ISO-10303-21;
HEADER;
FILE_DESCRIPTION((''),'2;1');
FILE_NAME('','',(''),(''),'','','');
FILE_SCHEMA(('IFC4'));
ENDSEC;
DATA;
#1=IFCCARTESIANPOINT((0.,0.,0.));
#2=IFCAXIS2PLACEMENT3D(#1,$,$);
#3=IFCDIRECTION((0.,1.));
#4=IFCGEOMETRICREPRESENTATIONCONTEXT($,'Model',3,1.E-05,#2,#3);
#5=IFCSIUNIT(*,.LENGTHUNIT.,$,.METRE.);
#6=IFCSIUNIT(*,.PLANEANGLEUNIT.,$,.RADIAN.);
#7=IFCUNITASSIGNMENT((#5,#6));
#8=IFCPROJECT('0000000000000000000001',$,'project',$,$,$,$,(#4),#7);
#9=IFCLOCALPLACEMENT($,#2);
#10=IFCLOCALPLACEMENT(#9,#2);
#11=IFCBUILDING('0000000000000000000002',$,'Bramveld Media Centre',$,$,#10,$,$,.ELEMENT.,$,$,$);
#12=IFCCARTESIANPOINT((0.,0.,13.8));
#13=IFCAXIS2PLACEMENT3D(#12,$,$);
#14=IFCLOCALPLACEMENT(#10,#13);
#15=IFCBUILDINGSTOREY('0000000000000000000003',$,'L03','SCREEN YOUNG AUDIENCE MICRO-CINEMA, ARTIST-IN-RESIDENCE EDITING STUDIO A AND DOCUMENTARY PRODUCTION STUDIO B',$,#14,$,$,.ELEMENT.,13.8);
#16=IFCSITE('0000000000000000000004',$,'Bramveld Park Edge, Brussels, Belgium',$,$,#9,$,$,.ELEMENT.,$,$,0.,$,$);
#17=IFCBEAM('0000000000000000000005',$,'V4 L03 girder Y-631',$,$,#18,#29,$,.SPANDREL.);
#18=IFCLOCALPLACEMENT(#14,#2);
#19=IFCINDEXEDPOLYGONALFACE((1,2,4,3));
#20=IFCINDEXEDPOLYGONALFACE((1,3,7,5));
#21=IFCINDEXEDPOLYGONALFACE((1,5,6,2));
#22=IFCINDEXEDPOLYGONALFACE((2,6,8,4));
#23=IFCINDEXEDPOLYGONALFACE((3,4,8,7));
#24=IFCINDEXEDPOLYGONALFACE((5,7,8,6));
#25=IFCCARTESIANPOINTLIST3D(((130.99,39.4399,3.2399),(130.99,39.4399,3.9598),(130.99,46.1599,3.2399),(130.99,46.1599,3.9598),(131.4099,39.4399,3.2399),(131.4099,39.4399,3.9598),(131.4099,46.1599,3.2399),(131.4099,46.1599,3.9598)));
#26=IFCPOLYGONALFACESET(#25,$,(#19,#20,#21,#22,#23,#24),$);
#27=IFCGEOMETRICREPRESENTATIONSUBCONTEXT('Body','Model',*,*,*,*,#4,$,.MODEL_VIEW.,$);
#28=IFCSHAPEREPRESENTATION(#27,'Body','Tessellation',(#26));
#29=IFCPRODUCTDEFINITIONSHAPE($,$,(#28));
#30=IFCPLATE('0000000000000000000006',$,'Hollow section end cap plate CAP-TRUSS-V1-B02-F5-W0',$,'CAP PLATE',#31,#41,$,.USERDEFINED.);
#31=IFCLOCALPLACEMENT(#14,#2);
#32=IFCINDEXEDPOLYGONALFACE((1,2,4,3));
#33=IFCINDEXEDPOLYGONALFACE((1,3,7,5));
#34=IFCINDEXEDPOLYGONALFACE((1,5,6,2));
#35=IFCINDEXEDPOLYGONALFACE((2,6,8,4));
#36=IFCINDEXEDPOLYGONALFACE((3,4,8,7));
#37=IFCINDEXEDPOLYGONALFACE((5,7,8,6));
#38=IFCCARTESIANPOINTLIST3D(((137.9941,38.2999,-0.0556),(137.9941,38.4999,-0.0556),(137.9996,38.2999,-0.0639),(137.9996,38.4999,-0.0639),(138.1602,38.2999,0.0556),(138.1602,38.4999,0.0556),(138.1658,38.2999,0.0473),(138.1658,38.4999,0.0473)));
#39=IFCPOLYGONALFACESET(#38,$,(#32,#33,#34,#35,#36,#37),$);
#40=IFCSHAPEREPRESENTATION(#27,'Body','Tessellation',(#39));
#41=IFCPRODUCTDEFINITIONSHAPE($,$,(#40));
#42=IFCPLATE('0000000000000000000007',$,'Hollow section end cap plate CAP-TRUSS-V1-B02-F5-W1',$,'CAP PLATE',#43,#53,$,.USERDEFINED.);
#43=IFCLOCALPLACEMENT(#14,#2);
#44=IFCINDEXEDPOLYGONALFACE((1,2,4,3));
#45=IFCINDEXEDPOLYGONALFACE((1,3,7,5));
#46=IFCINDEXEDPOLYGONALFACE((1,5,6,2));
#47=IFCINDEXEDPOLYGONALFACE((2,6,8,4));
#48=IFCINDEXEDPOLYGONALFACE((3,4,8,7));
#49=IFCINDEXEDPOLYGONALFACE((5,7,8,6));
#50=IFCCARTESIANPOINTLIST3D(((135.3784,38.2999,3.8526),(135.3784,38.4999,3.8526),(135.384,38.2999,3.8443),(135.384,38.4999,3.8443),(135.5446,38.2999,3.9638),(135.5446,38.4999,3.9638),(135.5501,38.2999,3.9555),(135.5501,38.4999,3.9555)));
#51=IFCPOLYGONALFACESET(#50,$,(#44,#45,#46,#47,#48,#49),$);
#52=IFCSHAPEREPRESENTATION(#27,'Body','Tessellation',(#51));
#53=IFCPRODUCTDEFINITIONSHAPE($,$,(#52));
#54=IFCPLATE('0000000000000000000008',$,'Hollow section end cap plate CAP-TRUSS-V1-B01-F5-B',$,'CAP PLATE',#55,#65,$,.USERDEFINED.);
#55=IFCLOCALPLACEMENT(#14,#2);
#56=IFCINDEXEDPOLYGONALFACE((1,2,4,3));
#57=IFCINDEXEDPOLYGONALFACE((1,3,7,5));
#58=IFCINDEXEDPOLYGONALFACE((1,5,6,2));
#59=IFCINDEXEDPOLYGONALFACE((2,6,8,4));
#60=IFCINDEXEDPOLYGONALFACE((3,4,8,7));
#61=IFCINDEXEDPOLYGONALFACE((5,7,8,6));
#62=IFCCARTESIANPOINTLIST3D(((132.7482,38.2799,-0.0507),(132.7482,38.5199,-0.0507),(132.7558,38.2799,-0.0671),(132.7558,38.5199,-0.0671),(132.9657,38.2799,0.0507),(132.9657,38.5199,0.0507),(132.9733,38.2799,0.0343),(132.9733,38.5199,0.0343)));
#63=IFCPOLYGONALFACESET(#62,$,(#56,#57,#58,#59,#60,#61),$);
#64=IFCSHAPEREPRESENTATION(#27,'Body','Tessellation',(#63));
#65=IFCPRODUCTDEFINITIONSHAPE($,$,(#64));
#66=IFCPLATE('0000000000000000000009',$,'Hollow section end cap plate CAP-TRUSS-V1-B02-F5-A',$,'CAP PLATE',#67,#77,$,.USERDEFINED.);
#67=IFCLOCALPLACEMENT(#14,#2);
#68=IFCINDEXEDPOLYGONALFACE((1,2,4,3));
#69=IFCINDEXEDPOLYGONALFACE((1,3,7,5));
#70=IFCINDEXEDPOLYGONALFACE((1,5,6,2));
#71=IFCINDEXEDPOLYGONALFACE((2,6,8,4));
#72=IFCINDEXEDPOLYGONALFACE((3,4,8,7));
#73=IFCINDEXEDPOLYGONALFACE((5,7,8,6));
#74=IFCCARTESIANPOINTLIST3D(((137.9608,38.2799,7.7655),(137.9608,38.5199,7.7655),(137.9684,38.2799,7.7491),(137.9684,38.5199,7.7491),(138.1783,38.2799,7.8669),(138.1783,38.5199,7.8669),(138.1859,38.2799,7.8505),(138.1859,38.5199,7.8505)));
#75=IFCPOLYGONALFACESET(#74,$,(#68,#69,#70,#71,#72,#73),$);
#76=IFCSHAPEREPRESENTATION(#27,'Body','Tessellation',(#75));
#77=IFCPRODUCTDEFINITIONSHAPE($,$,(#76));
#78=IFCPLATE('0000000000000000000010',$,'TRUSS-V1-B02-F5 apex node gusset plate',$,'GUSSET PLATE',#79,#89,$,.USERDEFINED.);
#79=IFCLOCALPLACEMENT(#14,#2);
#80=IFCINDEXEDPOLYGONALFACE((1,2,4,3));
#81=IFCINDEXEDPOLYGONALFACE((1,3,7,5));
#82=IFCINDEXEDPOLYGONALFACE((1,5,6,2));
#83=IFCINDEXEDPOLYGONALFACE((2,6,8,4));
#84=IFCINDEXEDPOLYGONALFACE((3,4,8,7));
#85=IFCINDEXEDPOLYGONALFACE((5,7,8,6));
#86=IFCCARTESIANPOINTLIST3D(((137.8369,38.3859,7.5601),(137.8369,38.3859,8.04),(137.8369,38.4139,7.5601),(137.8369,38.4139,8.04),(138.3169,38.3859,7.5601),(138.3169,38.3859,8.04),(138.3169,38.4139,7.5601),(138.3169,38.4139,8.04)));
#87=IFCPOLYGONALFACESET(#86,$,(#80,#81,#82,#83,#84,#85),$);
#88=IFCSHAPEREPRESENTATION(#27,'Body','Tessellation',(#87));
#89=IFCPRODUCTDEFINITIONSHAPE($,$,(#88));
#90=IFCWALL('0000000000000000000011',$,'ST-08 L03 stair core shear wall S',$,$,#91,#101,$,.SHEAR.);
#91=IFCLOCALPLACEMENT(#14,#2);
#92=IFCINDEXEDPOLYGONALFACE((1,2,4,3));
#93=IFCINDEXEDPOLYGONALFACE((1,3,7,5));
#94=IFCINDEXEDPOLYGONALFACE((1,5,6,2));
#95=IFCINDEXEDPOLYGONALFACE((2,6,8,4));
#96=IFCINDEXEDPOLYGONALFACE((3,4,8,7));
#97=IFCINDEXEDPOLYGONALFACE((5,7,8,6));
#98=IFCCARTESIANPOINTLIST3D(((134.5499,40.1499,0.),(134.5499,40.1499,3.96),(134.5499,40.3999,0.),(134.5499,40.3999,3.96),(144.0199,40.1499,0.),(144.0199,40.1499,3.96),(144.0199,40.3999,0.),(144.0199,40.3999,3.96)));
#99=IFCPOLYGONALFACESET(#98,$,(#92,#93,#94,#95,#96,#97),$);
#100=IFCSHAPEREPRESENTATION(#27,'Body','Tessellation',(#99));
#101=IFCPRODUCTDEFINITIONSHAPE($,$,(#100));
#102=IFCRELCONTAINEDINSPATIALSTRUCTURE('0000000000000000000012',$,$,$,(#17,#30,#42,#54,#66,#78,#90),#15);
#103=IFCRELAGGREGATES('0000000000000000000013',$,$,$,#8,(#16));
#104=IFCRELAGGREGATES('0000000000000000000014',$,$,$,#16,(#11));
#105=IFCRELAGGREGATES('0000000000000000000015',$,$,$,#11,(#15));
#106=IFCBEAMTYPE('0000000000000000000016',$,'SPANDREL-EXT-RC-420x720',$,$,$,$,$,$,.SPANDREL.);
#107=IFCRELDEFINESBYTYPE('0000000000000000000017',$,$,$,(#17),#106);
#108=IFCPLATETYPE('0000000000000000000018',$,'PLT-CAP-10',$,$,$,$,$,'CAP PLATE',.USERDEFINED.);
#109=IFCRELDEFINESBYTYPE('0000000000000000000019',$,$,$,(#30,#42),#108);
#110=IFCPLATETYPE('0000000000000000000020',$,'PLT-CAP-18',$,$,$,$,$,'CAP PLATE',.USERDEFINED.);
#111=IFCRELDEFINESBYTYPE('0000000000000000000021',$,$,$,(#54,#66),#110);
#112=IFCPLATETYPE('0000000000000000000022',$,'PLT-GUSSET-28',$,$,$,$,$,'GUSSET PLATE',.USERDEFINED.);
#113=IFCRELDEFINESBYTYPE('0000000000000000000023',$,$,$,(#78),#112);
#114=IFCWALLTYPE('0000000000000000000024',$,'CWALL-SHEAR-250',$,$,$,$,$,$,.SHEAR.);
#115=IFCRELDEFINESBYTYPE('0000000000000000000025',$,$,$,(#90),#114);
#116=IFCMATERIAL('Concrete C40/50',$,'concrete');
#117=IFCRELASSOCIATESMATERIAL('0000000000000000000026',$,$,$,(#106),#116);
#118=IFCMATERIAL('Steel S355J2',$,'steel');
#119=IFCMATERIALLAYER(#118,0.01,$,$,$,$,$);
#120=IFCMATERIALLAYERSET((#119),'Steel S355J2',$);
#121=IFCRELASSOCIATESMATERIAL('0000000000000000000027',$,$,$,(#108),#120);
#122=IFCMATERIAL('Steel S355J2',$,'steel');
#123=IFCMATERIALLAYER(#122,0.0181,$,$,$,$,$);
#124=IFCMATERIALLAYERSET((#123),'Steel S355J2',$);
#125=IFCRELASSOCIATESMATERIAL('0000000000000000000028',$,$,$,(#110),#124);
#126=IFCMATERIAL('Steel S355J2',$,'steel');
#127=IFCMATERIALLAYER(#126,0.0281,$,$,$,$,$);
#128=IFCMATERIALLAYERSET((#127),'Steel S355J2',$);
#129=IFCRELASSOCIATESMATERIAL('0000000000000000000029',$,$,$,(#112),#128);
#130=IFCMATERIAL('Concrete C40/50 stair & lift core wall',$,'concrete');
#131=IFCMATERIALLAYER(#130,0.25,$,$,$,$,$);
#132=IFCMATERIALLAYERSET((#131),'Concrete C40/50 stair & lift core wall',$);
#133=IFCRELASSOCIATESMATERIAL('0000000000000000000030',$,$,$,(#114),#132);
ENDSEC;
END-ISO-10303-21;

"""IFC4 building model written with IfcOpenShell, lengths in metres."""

from ifc_helpers import new_model, si_unit, direction, frame, frame_2d, origin, origin_2d, place, context, subcontext, project, spatial, rectangle, extrude, material, layer, layer_set, material_profile, profile_set, type_object, element, save


model = new_model("IFC4")

# Units and contexts
model_context = context("Model", 3, precision=1e-05, world=origin(), true_north=direction((0.0, 1.0)))
body_context = subcontext(model_context, "Body", "Model", "MODEL_VIEW")
ifc_project = project(units=[si_unit("LENGTHUNIT", "METRE"), si_unit("PLANEANGLEUNIT", "RADIAN")], contexts=[model_context])

# Site, building, storey
site_placement = place(None, origin())
site = spatial("IfcSite", under=ifc_project, at=site_placement, Name="Bramveld Park Edge, Brussels, Belgium", CompositionType="ELEMENT", RefElevation=0.0)
building_placement = place(site_placement, origin())
building = spatial("IfcBuilding", under=site, at=building_placement, Name="Bramveld Media Centre", CompositionType="ELEMENT")
storey_placement = place(building_placement, frame((0.0, 0.0, 13.8)))
storey = spatial("IfcBuildingStorey", under=building, at=storey_placement, Name="L03", Description="SCREEN YOUNG AUDIENCE MICRO-CINEMA, ARTIST-IN-RESIDENCE EDITING STUDIO A AND DOCUMENTARY PRODUCTION STUDIO B", CompositionType="ELEMENT", Elevation=13.8)

# Beam
ifc_material_1 = material(Name="Concrete C40/50", Category="concrete")
ifc_material_profile_1 = material_profile(ifc_material_1, rectangle(XDim=0.4199, YDim=0.72, at=origin_2d()), Name="RC 420x720")
ifc_profile_set_1 = profile_set([ifc_material_profile_1], Name="Concrete C40/50")
beam_type_1 = type_object("IfcBeamType", Name="SPANDREL-EXT-RC-420x720", PredefinedType="SPANDREL", material=ifc_profile_set_1)
beam_1_placement = place(storey_placement, frame((131.2, 39.4399, 3.5999), z_axis=(0.0, 1.0, 0.0), x_axis=(-1.0, 0.0, 0.0)))
element("IfcBeam", 1, at=beam_1_placement, inside=storey, type_object=beam_type_1, Name="V4 L03 girder Y-631", PredefinedType="SPANDREL", context=body_context, shape_type="SweptSolid", body=[
    extrude(rectangle(XDim=0.4199, YDim=0.72, at=origin_2d()), origin(), (0.0, 0.0, 1.0), 6.72),
])

# Plates
ifc_material_2 = material(Name="Steel S355J2", Category="steel")
ifc_layer_1 = layer(ifc_material_2, 0.01)
ifc_layer_set_1 = layer_set([ifc_layer_1], Name="Steel S355J2")
plate_type_1 = type_object("IfcPlateType", Name="PLT-CAP-10", ElementType="CAP PLATE", PredefinedType="USERDEFINED", material=ifc_layer_set_1)
for number, where, z_axis, x_axis, name in (
    (2, (138.0771, 38.3999, 0.0), (0.55616, 0.0, -0.831075), (0.0, 1.0, 0.0), "Hollow section end cap plate CAP-TRUSS-V1-B02-F5-W0"),
    (3, (135.467, 38.3999, 3.8999), (-0.55616, 0.0, 0.831075), (0.0, -1.0, 0.0), "Hollow section end cap plate CAP-TRUSS-V1-B02-F5-W1"),
):
    element("IfcPlate", number, at=place(storey_placement, frame(where, z_axis=z_axis, x_axis=x_axis)), inside=storey, type_object=plate_type_1, Name=name, ObjectType="CAP PLATE", PredefinedType="USERDEFINED", context=body_context, shape_type="SweptSolid", body=[
        extrude(rectangle(XDim=0.2, YDim=0.2, at=origin_2d()), origin(), (0.0, 0.0, 1.0), 0.01),
    ])
ifc_material_3 = material(Name="Steel S355J2", Category="steel")
ifc_layer_2 = layer(ifc_material_3, 0.0181)
ifc_layer_set_2 = layer_set([ifc_layer_2], Name="Steel S355J2")
plate_type_2 = type_object("IfcPlateType", Name="PLT-CAP-18", ElementType="CAP PLATE", PredefinedType="USERDEFINED", material=ifc_layer_set_2)
for number, where, z_axis, x_axis, name in (
    (4, (132.8569, 38.3999, 0.0), (0.422618, 0.0, -0.906308), (0.0, 1.0, 0.0), "Hollow section end cap plate CAP-TRUSS-V1-B01-F5-B"),
    (5, (138.0771, 38.3999, 7.7998), (-0.422628, 0.0, 0.906303), (0.0, -1.0, 0.0), "Hollow section end cap plate CAP-TRUSS-V1-B02-F5-A"),
):
    element("IfcPlate", number, at=place(storey_placement, frame(where, z_axis=z_axis, x_axis=x_axis)), inside=storey, type_object=plate_type_2, Name=name, ObjectType="CAP PLATE", PredefinedType="USERDEFINED", context=body_context, shape_type="SweptSolid", body=[
        extrude(rectangle(XDim=0.24, YDim=0.24, at=origin_2d()), origin(), (0.0, 0.0, 1.0), 0.0181),
    ])
ifc_material_4 = material(Name="Steel S355J2", Category="steel")
ifc_layer_3 = layer(ifc_material_4, 0.0281)
ifc_layer_set_3 = layer_set([ifc_layer_3], Name="Steel S355J2")
plate_type_3 = type_object("IfcPlateType", Name="PLT-GUSSET-28", ElementType="GUSSET PLATE", PredefinedType="USERDEFINED", material=ifc_layer_set_3)
plate_placement = place(storey_placement, frame((138.0769, 38.3999, 7.5601), z_axis=(0.0, 0.0, 1.0), x_axis=(1.0, 0.0, 0.0)))
element("IfcPlate", 6, at=plate_placement, inside=storey, type_object=plate_type_3, Name="TRUSS-V1-B02-F5 apex node gusset plate", ObjectType="GUSSET PLATE", PredefinedType="USERDEFINED", context=body_context, shape_type="SweptSolid", body=[
    extrude(rectangle(XDim=0.48, YDim=0.0281, at=origin_2d()), origin(), (0.0, 0.0, 1.0), 0.48),
])

# Wall
ifc_material_5 = material(Name="Concrete C40/50 stair & lift core wall", Category="concrete")
ifc_layer_4 = layer(ifc_material_5, 0.25)
ifc_layer_set_4 = layer_set([ifc_layer_4], Name="Concrete C40/50 stair & lift core wall")
wall_type_1 = type_object("IfcWallType", Name="CWALL-SHEAR-250", PredefinedType="SHEAR", material=ifc_layer_set_4)
wall_1_placement = place(storey_placement, frame((134.55, 40.2749, 0.0), z_axis=(0.0, 0.0, 1.0), x_axis=(1.0, 0.0, 0.0)))
element("IfcWall", 7, at=wall_1_placement, inside=storey, type_object=wall_type_1, Name="ST-08 L03 stair core shear wall S", PredefinedType="SHEAR", context=body_context, shape_type="SweptSolid", body=[
    extrude(rectangle(XDim=9.47, YDim=0.25, at=frame_2d((4.7349, 0.0))), origin(), (0.0, 0.0, 1.0), 3.96),
])

save(model, "model.ifc")
